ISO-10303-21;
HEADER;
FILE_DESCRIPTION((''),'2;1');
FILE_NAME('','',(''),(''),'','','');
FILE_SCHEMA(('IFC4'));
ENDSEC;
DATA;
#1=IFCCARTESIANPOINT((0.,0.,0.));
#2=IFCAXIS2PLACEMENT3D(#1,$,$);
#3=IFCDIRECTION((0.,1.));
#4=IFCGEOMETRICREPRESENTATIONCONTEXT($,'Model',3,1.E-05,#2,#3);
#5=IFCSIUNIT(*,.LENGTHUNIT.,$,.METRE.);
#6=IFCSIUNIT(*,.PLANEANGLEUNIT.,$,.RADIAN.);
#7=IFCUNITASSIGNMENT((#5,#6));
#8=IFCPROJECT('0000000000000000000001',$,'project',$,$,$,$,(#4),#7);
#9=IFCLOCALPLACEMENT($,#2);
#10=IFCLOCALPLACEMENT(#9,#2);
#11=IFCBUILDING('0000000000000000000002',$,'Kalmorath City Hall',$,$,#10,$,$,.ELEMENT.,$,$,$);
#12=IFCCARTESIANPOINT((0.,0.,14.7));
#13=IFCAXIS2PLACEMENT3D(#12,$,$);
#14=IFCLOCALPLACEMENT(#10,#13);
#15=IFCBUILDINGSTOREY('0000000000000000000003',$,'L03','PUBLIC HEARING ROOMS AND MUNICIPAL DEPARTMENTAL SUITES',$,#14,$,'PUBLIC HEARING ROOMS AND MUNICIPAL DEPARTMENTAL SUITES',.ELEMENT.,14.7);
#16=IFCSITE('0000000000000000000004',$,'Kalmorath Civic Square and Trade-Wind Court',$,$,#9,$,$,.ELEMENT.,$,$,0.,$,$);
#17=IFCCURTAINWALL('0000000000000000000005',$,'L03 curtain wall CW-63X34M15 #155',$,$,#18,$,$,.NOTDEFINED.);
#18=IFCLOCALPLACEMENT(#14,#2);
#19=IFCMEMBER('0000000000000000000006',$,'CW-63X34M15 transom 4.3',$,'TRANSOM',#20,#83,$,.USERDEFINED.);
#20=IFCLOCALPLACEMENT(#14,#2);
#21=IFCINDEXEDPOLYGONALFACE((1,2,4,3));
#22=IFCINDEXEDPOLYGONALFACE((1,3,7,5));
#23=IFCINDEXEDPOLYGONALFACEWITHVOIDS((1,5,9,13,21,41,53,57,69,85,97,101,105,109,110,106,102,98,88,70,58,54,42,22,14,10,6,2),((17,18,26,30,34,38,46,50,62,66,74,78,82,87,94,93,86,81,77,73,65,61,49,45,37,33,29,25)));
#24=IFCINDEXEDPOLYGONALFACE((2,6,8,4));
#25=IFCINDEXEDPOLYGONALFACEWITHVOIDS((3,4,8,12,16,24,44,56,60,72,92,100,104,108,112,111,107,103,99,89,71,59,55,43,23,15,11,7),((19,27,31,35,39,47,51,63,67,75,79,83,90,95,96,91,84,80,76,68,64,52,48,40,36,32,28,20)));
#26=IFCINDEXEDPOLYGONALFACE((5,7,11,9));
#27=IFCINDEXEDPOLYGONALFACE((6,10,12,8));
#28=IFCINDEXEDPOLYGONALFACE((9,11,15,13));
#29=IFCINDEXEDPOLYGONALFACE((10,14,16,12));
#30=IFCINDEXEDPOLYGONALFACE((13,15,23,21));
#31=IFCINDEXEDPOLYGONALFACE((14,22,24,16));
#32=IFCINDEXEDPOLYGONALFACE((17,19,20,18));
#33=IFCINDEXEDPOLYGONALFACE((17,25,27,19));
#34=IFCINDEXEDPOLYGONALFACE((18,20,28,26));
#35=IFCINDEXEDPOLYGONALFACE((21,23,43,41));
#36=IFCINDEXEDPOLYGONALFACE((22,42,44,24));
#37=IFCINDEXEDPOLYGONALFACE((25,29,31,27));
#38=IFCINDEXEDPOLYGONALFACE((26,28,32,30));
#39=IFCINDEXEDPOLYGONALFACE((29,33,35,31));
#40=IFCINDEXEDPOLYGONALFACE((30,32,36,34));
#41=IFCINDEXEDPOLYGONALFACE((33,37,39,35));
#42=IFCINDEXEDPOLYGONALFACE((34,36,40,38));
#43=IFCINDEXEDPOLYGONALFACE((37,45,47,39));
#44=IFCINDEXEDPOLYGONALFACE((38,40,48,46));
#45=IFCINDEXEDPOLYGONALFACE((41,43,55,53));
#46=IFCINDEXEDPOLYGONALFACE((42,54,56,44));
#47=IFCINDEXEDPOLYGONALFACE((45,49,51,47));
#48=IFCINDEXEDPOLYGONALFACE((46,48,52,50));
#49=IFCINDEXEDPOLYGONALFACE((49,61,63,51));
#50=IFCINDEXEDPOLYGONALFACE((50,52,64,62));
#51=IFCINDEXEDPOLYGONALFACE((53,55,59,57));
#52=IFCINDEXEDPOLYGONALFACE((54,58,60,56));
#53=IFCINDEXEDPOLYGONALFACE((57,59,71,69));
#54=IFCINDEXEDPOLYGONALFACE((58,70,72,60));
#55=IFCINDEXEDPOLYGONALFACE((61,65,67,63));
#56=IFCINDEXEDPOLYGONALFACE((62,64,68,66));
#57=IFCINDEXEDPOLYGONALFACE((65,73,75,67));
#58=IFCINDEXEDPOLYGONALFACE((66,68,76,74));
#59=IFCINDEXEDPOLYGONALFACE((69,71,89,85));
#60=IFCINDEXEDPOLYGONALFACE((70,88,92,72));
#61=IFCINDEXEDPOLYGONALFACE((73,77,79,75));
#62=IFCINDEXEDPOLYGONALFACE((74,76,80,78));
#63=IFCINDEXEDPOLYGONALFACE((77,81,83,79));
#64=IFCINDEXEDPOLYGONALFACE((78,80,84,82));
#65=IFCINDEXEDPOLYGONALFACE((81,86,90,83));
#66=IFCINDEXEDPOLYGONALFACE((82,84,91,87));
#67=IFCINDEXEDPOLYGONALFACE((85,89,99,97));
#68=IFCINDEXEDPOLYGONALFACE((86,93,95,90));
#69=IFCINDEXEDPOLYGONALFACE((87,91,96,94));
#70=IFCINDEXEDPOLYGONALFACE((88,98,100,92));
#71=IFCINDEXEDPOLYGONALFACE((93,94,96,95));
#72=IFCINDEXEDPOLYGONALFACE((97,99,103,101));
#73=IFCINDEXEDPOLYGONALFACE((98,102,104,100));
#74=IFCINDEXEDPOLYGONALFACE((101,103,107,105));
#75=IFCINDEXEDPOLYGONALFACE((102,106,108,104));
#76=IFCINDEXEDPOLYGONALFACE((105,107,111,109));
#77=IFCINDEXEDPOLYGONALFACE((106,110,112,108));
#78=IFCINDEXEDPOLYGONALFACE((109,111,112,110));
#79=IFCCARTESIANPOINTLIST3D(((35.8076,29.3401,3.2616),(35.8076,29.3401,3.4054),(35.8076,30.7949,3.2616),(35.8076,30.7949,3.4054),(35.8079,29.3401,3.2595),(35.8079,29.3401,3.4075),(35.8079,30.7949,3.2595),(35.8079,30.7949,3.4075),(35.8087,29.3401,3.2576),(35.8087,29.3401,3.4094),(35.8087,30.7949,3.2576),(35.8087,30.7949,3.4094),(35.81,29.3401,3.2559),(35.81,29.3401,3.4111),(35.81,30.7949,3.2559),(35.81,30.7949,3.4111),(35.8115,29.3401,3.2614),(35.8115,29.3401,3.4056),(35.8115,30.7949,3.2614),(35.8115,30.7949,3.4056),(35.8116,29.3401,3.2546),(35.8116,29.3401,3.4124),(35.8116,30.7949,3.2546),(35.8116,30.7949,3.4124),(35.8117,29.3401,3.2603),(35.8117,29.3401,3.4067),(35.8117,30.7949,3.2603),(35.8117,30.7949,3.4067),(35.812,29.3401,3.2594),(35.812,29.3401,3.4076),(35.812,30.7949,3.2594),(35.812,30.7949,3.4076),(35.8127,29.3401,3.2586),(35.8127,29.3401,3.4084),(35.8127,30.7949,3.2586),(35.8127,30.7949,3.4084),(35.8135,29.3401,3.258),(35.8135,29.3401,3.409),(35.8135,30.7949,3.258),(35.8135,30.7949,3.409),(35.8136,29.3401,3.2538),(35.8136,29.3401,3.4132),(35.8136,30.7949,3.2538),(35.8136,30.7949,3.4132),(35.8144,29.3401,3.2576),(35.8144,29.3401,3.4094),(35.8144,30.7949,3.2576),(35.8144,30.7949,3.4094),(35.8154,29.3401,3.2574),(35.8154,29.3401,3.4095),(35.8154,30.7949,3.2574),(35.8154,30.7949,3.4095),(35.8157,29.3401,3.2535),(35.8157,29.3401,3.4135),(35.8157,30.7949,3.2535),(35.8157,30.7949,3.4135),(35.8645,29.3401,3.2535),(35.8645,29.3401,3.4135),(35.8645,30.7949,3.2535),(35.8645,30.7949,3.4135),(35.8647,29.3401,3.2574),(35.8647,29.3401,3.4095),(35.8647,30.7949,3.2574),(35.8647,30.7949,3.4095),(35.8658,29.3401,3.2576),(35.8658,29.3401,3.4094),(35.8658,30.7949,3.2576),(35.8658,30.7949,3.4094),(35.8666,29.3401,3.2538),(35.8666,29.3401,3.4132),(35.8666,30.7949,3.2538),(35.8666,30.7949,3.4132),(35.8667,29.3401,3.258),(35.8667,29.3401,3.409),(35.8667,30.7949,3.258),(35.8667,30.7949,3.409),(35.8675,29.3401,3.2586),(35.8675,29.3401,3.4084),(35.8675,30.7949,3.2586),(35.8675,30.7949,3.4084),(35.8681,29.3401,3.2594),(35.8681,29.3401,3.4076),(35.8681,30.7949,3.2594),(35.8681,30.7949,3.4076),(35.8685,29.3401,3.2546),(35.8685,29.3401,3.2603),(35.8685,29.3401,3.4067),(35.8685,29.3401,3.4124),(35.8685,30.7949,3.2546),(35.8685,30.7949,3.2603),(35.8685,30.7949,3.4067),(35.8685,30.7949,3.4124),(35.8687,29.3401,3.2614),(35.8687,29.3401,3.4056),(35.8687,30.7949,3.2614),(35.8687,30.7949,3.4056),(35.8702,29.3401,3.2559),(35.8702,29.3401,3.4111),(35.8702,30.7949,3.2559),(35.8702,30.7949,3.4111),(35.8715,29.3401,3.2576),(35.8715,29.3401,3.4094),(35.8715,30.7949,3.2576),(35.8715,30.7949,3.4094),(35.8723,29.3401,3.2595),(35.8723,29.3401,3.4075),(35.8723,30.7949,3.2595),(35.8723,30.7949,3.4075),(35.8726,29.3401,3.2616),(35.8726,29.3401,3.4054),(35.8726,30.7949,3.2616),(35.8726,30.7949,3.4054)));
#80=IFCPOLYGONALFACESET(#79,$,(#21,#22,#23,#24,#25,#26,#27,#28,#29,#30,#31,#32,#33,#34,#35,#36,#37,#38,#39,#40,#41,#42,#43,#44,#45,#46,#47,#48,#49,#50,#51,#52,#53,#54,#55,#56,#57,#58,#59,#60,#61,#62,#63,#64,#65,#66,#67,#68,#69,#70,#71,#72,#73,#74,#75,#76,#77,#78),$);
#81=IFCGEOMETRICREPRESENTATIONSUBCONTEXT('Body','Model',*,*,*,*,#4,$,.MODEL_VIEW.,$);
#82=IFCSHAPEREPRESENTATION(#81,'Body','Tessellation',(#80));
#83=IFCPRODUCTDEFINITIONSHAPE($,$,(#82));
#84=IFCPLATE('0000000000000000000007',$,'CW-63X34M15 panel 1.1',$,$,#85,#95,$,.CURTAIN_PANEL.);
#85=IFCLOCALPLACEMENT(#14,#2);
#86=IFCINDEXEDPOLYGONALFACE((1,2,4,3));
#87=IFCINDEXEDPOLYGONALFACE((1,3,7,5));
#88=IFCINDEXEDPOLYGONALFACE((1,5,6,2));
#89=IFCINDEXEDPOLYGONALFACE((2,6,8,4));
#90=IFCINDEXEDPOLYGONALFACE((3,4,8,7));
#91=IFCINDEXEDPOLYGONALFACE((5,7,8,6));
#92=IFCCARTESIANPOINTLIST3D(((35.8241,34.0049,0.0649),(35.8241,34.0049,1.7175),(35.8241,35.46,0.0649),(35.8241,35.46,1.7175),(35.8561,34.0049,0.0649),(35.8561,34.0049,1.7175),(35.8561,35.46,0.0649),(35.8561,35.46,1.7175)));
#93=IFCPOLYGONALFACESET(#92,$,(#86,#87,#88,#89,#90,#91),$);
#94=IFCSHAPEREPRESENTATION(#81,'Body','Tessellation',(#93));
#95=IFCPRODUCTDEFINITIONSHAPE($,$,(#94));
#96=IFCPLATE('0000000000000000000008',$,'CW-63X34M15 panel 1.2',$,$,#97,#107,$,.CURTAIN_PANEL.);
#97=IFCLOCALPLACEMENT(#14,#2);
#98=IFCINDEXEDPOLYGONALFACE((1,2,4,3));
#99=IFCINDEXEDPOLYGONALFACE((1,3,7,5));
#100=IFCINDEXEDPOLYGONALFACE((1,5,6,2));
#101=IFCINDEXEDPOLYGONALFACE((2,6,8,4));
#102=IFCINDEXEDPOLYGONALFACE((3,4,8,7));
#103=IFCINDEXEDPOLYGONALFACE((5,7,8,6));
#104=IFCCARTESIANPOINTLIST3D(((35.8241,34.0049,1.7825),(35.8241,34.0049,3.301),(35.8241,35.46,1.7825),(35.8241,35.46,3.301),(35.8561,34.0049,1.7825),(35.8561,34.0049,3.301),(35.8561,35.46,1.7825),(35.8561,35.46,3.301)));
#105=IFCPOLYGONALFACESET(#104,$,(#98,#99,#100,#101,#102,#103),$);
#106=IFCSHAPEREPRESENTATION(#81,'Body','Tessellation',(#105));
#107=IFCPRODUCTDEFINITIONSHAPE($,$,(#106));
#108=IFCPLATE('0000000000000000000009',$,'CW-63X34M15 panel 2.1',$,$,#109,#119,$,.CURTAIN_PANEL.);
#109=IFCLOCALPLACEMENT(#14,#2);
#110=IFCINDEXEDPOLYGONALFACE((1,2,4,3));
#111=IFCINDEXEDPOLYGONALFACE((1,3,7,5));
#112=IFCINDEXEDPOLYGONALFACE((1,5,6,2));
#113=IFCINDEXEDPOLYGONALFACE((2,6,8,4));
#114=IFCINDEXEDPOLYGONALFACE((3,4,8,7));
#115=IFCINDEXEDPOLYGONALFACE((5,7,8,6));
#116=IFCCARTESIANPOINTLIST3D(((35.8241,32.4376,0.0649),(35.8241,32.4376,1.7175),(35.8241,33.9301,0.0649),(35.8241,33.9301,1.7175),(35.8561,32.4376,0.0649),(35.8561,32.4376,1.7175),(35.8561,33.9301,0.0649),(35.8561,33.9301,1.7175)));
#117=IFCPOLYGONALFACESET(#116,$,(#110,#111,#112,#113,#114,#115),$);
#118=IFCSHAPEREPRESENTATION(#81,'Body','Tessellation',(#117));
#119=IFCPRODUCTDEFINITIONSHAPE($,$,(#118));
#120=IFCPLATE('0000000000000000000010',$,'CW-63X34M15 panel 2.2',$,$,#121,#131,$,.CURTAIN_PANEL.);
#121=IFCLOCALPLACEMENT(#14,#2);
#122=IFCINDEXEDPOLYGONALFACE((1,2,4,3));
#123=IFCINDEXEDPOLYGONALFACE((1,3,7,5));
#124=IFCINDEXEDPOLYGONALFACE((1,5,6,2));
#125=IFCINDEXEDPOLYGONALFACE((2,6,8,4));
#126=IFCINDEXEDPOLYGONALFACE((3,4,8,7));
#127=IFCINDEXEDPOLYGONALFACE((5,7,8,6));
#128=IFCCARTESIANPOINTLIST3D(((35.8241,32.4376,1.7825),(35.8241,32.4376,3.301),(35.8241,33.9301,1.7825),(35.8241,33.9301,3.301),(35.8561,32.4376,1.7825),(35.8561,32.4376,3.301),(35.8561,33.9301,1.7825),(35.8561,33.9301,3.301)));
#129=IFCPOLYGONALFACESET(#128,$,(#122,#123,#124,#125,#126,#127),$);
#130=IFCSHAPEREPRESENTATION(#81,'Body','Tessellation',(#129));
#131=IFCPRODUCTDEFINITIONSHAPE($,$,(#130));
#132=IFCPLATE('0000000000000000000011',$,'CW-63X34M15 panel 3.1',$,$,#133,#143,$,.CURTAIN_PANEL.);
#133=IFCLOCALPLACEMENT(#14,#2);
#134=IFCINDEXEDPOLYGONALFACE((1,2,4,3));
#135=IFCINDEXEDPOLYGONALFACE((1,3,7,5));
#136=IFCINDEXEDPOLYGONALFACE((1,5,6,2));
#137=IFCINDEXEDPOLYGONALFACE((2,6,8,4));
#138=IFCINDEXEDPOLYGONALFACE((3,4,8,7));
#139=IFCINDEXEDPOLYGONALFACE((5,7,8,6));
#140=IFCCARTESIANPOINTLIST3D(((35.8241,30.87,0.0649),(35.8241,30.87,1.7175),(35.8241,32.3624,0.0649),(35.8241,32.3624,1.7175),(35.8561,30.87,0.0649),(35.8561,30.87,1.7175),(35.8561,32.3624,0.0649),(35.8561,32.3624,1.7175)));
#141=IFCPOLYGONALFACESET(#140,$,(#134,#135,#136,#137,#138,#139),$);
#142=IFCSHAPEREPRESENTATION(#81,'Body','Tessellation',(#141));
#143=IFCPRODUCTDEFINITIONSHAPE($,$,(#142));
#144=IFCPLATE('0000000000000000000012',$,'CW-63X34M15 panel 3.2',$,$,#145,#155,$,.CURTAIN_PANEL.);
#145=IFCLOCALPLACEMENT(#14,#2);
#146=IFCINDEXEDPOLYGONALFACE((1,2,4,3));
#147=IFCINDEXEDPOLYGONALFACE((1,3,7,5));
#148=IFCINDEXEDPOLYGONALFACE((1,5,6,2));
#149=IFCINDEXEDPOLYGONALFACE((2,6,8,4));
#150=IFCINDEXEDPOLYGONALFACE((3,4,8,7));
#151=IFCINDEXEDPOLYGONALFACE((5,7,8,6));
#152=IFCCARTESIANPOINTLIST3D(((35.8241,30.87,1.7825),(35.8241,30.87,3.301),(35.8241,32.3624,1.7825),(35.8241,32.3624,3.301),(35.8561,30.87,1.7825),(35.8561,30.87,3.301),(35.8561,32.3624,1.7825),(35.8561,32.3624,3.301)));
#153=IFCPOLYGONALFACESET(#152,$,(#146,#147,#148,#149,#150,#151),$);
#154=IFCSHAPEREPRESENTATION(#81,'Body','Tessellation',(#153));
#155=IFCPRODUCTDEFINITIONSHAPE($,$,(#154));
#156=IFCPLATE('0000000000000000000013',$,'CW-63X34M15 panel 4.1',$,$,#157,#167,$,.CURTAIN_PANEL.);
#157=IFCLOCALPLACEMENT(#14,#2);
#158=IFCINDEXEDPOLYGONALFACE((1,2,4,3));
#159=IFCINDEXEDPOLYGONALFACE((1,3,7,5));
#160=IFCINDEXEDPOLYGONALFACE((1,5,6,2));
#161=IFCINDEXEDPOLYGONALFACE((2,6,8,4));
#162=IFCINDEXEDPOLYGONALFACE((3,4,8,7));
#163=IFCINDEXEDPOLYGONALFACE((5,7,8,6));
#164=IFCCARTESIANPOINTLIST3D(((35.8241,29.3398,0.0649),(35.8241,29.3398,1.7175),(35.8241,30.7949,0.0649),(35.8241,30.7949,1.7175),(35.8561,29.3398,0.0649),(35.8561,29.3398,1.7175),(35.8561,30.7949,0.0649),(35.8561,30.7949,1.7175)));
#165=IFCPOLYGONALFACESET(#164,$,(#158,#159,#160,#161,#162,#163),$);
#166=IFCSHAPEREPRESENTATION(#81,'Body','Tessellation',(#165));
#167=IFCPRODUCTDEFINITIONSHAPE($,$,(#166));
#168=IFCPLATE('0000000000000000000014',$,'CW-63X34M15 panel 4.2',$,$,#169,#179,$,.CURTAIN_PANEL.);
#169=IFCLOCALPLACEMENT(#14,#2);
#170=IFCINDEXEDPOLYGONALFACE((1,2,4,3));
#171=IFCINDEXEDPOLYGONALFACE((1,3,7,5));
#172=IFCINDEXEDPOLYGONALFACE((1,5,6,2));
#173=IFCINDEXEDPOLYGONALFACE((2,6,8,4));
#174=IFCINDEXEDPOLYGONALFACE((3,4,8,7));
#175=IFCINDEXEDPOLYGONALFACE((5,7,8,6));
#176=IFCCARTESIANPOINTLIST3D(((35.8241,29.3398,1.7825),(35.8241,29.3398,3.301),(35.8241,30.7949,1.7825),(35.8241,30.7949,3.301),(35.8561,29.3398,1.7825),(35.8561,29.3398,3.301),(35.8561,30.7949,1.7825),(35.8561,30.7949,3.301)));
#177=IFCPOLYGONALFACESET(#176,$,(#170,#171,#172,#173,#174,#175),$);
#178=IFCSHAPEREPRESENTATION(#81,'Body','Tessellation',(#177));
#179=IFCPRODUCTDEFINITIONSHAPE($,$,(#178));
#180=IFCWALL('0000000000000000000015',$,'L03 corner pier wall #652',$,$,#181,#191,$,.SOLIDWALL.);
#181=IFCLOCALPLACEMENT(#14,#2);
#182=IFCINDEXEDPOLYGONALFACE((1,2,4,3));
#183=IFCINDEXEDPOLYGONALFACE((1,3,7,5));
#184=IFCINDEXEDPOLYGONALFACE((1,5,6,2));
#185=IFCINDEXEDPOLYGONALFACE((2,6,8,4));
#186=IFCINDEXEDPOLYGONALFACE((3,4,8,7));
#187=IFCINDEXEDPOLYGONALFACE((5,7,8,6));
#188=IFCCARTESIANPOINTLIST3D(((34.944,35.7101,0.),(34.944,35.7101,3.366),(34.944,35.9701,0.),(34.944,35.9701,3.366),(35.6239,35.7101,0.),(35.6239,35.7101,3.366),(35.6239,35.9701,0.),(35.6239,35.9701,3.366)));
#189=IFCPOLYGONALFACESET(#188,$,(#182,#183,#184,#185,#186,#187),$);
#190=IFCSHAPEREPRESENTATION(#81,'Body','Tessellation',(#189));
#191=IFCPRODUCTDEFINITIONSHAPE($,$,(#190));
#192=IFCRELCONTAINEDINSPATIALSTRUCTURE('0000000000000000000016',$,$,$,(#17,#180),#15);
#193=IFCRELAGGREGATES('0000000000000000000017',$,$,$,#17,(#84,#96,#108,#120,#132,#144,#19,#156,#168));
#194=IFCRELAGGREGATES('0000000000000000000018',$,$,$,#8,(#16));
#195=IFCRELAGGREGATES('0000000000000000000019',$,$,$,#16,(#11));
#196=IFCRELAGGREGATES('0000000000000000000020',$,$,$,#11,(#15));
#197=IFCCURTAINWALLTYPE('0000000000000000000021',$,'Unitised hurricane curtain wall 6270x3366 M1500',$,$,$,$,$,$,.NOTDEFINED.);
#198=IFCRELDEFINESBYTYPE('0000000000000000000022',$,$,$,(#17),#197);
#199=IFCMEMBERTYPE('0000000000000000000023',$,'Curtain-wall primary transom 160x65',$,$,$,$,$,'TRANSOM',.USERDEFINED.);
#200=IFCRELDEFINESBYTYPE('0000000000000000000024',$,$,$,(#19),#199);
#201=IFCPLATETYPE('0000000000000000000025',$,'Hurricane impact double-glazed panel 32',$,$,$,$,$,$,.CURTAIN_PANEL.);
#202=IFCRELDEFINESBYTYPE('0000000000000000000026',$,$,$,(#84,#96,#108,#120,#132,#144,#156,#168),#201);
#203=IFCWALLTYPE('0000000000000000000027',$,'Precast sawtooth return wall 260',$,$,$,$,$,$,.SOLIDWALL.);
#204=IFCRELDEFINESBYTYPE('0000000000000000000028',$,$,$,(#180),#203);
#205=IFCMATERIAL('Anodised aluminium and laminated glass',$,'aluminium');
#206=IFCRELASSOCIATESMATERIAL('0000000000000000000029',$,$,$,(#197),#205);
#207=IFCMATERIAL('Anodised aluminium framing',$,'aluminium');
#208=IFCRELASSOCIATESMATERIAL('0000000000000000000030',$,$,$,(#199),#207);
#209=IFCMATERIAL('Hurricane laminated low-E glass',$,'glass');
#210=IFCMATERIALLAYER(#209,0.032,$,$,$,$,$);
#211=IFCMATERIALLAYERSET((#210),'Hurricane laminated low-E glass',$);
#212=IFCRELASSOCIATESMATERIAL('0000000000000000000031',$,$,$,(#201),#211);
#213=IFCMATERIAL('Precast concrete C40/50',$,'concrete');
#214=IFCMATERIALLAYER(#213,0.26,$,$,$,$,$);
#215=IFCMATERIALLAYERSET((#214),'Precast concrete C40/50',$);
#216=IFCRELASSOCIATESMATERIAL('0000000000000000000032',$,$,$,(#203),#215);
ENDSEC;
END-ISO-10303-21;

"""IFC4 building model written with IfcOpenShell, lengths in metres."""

from ifc_helpers import new_model, si_unit, direction, frame, frame_2d, origin, origin_2d, place, context, subcontext, project, spatial, rectangle, hollow_rectangle, extrude, material, layer, layer_set, material_profile, profile_set, type_object, element, aggregate, save


model = new_model("IFC4")

# Units and contexts
model_context = context("Model", 3, precision=1e-05, world=origin(), true_north=direction((0.0, 1.0)))
body_context = subcontext(model_context, "Body", "Model", "MODEL_VIEW")
ifc_project = project(units=[si_unit("LENGTHUNIT", "METRE"), si_unit("PLANEANGLEUNIT", "RADIAN")], contexts=[model_context])

# Site, building, storey
site_placement = place(None, origin())
site = spatial("IfcSite", under=ifc_project, at=site_placement, Name="Kalmorath Civic Square and Trade-Wind Court", CompositionType="ELEMENT", RefElevation=0.0)
building_placement = place(site_placement, origin())
building = spatial("IfcBuilding", under=site, at=building_placement, Name="Kalmorath City Hall", CompositionType="ELEMENT")
storey_placement = place(building_placement, frame((0.0, 0.0, 14.7)))
storey = spatial("IfcBuildingStorey", under=building, at=storey_placement, Name="L03", Description="PUBLIC HEARING ROOMS AND MUNICIPAL DEPARTMENTAL SUITES", LongName="PUBLIC HEARING ROOMS AND MUNICIPAL DEPARTMENTAL SUITES", CompositionType="ELEMENT", Elevation=14.7)

# Curtain wall, member, plates
ifc_material_1 = material(Name="Anodised aluminium and laminated glass", Category="aluminium")
curtain_wall_type = type_object("IfcCurtainWallType", Name="Unitised hurricane curtain wall 6270x3366 M1500", PredefinedType="NOTDEFINED", material=ifc_material_1)
curtain_wall_placement = place(storey_placement, origin())
curtain_wall = element("IfcCurtainWall", 1, at=curtain_wall_placement, inside=storey, type_object=curtain_wall_type, Name="L03 curtain wall CW-63X34M15 #155", PredefinedType="NOTDEFINED")
ifc_material_2 = material(Name="Anodised aluminium framing", Category="aluminium")
ifc_material_profile_1 = material_profile(ifc_material_2, hollow_rectangle(XDim=0.0649, YDim=0.1599, WallThickness=0.0039, InnerFilletRadius=0.0039, OuterFilletRadius=0.0081, at=origin_2d()), Name="ALU-TRN-160X65X4")
ifc_profile_set_1 = profile_set([ifc_material_profile_1], Name="Anodised aluminium framing")
member_type_1 = type_object("IfcMemberType", Name="Curtain-wall primary transom 160x65", ElementType="TRANSOM", PredefinedType="USERDEFINED", material=ifc_profile_set_1)
member_1_placement = place(storey_placement, frame((35.8401, 30.7949, 3.3335), z_axis=(0.0, -1.0, 0.0), x_axis=(1.0, 0.0, 0.0)))
member_1 = element("IfcMember", 2, at=member_1_placement, type_object=member_type_1, Name="CW-63X34M15 transom 4.3", ObjectType="TRANSOM", PredefinedType="USERDEFINED", context=body_context, shape_type="SweptSolid", body=[
    extrude(hollow_rectangle(XDim=0.0649, YDim=0.1599, WallThickness=0.0039, InnerFilletRadius=0.0039, OuterFilletRadius=0.0081, at=origin_2d()), origin(), (0.0, 0.0, 1.0), 1.4548),
])
ifc_material_3 = material(Name="Hurricane laminated low-E glass", Category="glass")
ifc_layer_1 = layer(ifc_material_3, 0.032)
ifc_layer_set_1 = layer_set([ifc_layer_1], Name="Hurricane laminated low-E glass")
plate_type = type_object("IfcPlateType", Name="Hurricane impact double-glazed panel 32", PredefinedType="CURTAIN_PANEL", material=ifc_layer_set_1)
plate_1_placement = place(storey_placement, frame((35.8401, 34.7324, 0.0649), z_axis=(0.0, 0.0, 1.0), x_axis=(0.0, -1.0, 0.0)))
plate_1 = element("IfcPlate", 3, at=plate_1_placement, type_object=plate_type, Name="CW-63X34M15 panel 1.1", PredefinedType="CURTAIN_PANEL", context=body_context, shape_type="SweptSolid", body=[
    extrude(rectangle(XDim=1.4551, YDim=0.032, at=origin_2d()), origin(), (0.0, 0.0, 1.0), 1.6526),
])
plate_2_placement = place(storey_placement, frame((35.8401, 34.7324, 1.7825), z_axis=(0.0, 0.0, 1.0), x_axis=(0.0, -1.0, 0.0)))
plate_2 = element("IfcPlate", 4, at=plate_2_placement, type_object=plate_type, Name="CW-63X34M15 panel 1.2", PredefinedType="CURTAIN_PANEL", context=body_context, shape_type="SweptSolid", body=[
    extrude(rectangle(XDim=1.4551, YDim=0.032, at=origin_2d()), origin(), (0.0, 0.0, 1.0), 1.5186),
])
plate_3_placement = place(storey_placement, frame((35.8401, 33.1838, 0.0649), z_axis=(0.0, 0.0, 1.0), x_axis=(0.0, -1.0, 0.0)))
plate_3 = element("IfcPlate", 5, at=plate_3_placement, type_object=plate_type, Name="CW-63X34M15 panel 2.1", PredefinedType="CURTAIN_PANEL", context=body_context, shape_type="SweptSolid", body=[
    extrude(rectangle(XDim=1.4924, YDim=0.032, at=origin_2d()), origin(), (0.0, 0.0, 1.0), 1.6526),
])
plate_4_placement = place(storey_placement, frame((35.8401, 33.1838, 1.7825), z_axis=(0.0, 0.0, 1.0), x_axis=(0.0, -1.0, 0.0)))
plate_4 = element("IfcPlate", 6, at=plate_4_placement, type_object=plate_type, Name="CW-63X34M15 panel 2.2", PredefinedType="CURTAIN_PANEL", context=body_context, shape_type="SweptSolid", body=[
    extrude(rectangle(XDim=1.4924, YDim=0.032, at=origin_2d()), origin(), (0.0, 0.0, 1.0), 1.5186),
])
plate_5_placement = place(storey_placement, frame((35.8401, 31.6162, 0.0649), z_axis=(0.0, 0.0, 1.0), x_axis=(0.0, -1.0, 0.0)))
plate_5 = element("IfcPlate", 7, at=plate_5_placement, type_object=plate_type, Name="CW-63X34M15 panel 3.1", PredefinedType="CURTAIN_PANEL", context=body_context, shape_type="SweptSolid", body=[
    extrude(rectangle(XDim=1.4924, YDim=0.032, at=origin_2d()), origin(), (0.0, 0.0, 1.0), 1.6526),
])
plate_6_placement = place(storey_placement, frame((35.8401, 31.6162, 1.7825), z_axis=(0.0, 0.0, 1.0), x_axis=(0.0, -1.0, 0.0)))
plate_6 = element("IfcPlate", 8, at=plate_6_placement, type_object=plate_type, Name="CW-63X34M15 panel 3.2", PredefinedType="CURTAIN_PANEL", context=body_context, shape_type="SweptSolid", body=[
    extrude(rectangle(XDim=1.4924, YDim=0.032, at=origin_2d()), origin(), (0.0, 0.0, 1.0), 1.5186),
])
plate_7_placement = place(storey_placement, frame((35.8401, 30.0674, 0.0649), z_axis=(0.0, 0.0, 1.0), x_axis=(0.0, -1.0, 0.0)))
plate_7 = element("IfcPlate", 9, at=plate_7_placement, type_object=plate_type, Name="CW-63X34M15 panel 4.1", PredefinedType="CURTAIN_PANEL", context=body_context, shape_type="SweptSolid", body=[
    extrude(rectangle(XDim=1.4551, YDim=0.032, at=origin_2d()), origin(), (0.0, 0.0, 1.0), 1.6526),
])
plate_8_placement = place(storey_placement, frame((35.8401, 30.0674, 1.7825), z_axis=(0.0, 0.0, 1.0), x_axis=(0.0, -1.0, 0.0)))
plate_8 = element("IfcPlate", 10, at=plate_8_placement, type_object=plate_type, Name="CW-63X34M15 panel 4.2", PredefinedType="CURTAIN_PANEL", context=body_context, shape_type="SweptSolid", body=[
    extrude(rectangle(XDim=1.4551, YDim=0.032, at=origin_2d()), origin(), (0.0, 0.0, 1.0), 1.5186),
])
aggregate(curtain_wall, [plate_1, plate_2, plate_3, plate_4, plate_5, plate_6, member_1, plate_7, plate_8])

# Wall
ifc_material_4 = material(Name="Precast concrete C40/50", Category="concrete")
ifc_layer_2 = layer(ifc_material_4, 0.26)
ifc_layer_set_2 = layer_set([ifc_layer_2], Name="Precast concrete C40/50")
wall_type = type_object("IfcWallType", Name="Precast sawtooth return wall 260", PredefinedType="SOLIDWALL", material=ifc_layer_set_2)
wall_placement = place(storey_placement, frame((34.9441, 35.8401, 0.0), z_axis=(0.0, 0.0, 1.0), x_axis=(1.0, 0.0, 0.0)))
element("IfcWall", 11, at=wall_placement, inside=storey, type_object=wall_type, Name="L03 corner pier wall #652", PredefinedType="SOLIDWALL", context=body_context, shape_type="SweptSolid", body=[
    extrude(rectangle(XDim=0.6799, YDim=0.26, at=frame_2d((0.3398, 0.0))), origin(), (0.0, 0.0, 1.0), 3.366),
])

save(model, "model.ifc")
